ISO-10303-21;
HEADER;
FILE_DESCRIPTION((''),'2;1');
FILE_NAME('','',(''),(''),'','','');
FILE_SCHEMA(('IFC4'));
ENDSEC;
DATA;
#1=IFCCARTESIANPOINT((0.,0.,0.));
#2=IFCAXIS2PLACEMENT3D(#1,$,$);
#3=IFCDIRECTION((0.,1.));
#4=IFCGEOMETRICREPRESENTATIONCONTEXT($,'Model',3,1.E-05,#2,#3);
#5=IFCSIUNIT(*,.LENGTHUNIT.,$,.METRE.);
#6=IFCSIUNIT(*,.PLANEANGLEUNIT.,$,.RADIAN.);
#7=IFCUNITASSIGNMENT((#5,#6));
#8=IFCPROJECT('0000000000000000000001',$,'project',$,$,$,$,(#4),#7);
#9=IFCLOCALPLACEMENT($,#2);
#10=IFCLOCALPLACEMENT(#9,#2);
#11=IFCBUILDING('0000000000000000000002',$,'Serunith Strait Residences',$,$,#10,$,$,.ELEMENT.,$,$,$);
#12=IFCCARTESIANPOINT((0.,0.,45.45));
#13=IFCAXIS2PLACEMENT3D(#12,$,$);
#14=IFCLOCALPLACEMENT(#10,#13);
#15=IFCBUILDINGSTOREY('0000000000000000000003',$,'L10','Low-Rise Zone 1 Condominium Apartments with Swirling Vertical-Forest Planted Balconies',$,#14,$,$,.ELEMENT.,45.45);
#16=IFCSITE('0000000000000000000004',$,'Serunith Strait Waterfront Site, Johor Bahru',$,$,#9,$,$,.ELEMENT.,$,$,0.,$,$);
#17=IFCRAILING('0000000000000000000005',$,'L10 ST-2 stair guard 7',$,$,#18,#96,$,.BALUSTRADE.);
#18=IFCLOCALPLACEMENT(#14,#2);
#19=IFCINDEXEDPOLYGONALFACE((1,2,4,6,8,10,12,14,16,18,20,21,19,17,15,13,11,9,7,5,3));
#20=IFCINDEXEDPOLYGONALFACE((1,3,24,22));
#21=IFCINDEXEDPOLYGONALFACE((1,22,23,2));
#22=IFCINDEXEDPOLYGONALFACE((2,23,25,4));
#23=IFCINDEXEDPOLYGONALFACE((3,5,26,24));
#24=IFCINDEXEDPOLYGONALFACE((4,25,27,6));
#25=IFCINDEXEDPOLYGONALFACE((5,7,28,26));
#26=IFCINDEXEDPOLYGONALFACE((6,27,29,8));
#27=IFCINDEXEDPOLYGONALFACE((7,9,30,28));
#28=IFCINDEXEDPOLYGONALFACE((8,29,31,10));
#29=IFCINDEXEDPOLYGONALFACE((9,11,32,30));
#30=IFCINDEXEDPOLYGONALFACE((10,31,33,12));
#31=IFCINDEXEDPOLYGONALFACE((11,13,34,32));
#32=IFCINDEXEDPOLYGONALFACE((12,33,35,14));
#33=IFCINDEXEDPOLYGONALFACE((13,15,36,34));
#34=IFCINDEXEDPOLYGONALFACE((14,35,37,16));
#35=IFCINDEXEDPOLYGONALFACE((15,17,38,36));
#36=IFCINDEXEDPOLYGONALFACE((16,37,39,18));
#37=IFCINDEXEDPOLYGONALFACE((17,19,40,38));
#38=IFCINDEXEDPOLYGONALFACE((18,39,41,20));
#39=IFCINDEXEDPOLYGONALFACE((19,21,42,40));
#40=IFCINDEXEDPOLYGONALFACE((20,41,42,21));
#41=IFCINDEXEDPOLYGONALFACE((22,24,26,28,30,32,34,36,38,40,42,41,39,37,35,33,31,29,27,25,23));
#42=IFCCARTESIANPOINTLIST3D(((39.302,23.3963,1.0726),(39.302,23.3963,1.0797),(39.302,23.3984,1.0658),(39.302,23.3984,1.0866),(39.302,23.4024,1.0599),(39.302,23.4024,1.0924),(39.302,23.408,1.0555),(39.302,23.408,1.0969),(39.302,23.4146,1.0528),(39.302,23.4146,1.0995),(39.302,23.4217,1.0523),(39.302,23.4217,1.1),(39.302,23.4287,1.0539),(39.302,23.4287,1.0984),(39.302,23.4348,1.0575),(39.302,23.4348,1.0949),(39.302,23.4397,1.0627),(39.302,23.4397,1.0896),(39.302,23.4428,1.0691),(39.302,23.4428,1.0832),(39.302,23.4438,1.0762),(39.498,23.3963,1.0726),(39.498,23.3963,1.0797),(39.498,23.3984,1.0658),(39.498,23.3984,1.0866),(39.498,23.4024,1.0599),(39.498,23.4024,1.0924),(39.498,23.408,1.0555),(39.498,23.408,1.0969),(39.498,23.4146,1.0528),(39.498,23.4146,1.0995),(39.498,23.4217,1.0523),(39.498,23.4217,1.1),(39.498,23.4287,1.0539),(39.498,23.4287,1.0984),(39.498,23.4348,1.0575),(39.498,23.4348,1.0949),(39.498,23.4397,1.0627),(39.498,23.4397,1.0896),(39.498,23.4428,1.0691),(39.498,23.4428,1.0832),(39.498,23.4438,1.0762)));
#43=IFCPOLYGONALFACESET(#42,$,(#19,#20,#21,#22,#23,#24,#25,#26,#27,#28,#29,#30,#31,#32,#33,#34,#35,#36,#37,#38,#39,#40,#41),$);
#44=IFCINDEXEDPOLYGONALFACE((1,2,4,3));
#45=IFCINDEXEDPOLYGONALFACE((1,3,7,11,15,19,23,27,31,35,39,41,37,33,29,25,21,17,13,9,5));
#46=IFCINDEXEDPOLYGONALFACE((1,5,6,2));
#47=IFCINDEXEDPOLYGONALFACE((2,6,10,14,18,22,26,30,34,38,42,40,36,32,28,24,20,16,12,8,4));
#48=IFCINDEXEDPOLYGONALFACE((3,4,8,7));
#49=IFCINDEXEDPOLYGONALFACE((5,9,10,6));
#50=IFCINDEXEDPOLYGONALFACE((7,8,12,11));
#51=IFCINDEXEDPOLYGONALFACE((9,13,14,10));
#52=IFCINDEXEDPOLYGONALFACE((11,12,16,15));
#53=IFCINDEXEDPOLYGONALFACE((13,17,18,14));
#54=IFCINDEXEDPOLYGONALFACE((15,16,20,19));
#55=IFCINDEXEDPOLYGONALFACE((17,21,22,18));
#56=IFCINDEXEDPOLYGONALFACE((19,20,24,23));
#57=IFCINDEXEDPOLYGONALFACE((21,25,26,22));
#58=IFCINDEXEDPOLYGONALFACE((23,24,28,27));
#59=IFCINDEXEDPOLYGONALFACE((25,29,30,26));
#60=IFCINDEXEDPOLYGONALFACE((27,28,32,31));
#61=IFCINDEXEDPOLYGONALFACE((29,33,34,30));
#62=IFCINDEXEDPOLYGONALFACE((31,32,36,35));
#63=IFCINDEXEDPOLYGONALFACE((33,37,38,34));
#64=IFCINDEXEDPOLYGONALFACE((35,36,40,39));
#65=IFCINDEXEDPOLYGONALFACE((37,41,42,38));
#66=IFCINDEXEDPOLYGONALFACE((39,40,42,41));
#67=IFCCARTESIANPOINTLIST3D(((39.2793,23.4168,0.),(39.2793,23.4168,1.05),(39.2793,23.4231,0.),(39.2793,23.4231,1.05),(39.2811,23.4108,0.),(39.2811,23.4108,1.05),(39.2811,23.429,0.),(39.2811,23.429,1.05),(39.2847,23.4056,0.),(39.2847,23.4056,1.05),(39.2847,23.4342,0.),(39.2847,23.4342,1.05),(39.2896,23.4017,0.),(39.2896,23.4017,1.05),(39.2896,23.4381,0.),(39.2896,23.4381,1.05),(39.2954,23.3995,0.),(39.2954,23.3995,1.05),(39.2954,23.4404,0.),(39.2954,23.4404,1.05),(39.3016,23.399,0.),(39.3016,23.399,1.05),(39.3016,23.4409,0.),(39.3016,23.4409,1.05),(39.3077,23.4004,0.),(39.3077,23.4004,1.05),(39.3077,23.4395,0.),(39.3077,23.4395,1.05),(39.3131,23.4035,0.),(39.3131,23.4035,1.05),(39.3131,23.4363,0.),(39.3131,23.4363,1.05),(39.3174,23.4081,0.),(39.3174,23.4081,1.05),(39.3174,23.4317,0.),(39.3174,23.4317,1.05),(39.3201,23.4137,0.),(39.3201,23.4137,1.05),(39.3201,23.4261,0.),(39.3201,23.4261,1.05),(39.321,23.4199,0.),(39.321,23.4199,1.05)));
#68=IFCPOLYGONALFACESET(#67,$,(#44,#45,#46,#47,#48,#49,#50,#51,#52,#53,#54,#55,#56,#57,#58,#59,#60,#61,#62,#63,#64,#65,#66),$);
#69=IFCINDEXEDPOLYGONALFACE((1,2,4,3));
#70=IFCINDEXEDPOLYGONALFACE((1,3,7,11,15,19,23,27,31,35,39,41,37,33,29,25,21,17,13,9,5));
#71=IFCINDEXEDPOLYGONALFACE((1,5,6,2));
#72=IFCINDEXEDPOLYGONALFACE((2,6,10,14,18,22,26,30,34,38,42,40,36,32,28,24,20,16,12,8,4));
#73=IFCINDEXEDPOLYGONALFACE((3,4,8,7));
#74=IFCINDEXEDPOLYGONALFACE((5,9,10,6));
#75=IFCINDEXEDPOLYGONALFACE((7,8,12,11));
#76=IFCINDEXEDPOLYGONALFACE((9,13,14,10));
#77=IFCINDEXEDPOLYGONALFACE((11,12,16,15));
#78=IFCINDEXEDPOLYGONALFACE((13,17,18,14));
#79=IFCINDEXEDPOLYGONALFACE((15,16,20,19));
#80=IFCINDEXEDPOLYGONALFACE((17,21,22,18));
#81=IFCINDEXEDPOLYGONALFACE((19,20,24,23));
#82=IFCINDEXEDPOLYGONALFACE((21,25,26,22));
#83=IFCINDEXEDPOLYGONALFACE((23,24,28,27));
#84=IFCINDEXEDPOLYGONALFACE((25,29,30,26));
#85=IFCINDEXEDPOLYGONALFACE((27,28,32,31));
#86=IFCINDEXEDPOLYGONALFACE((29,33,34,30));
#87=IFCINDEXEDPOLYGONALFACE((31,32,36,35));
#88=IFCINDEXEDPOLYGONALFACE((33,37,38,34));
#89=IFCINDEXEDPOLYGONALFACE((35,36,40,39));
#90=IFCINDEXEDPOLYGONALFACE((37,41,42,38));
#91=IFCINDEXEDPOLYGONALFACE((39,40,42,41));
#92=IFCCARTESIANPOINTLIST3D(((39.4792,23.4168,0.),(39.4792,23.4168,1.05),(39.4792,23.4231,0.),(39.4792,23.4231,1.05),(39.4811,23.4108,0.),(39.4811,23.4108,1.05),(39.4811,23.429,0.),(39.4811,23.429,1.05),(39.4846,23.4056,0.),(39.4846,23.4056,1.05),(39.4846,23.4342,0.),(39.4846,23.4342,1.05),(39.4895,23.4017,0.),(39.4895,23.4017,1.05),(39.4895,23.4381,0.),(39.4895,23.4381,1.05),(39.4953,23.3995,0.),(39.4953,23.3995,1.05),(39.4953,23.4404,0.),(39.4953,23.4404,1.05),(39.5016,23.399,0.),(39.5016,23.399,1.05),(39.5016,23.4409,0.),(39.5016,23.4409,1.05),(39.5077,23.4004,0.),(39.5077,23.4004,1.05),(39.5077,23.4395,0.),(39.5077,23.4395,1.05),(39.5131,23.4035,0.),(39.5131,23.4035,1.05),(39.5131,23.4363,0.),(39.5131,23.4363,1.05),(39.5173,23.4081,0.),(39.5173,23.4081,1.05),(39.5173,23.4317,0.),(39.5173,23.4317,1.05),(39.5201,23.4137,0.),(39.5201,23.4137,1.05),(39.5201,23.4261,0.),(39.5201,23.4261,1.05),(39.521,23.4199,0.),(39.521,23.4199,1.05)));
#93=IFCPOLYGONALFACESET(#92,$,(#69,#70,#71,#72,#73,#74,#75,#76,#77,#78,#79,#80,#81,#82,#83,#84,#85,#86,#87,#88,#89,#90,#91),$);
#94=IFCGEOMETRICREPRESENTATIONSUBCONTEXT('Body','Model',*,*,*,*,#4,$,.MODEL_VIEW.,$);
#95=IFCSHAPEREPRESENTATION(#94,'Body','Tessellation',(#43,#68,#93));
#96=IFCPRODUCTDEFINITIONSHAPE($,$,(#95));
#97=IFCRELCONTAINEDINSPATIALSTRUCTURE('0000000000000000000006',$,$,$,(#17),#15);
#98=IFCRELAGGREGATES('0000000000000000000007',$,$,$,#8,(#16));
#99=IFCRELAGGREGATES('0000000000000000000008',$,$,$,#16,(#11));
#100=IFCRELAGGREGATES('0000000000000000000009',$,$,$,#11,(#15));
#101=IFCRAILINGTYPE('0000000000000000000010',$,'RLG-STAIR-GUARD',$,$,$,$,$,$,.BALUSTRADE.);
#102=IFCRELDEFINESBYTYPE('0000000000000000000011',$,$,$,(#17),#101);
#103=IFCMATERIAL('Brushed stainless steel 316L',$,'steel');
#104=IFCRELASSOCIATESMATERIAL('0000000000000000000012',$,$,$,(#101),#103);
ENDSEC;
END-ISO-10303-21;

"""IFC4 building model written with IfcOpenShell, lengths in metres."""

from ifc_helpers import new_model, si_unit, direction, frame, origin, origin_2d, place, context, subcontext, project, spatial, circle, extrude, material, type_object, element, save


model = new_model("IFC4")

# Units and contexts
model_context = context("Model", 3, precision=1e-05, world=origin(), true_north=direction((0.0, 1.0)))
body_context = subcontext(model_context, "Body", "Model", "MODEL_VIEW")
ifc_project = project(units=[si_unit("LENGTHUNIT", "METRE"), si_unit("PLANEANGLEUNIT", "RADIAN")], contexts=[model_context])

# Site, building, storey
site_placement = place(None, origin())
site = spatial("IfcSite", under=ifc_project, at=site_placement, Name="Serunith Strait Waterfront Site, Johor Bahru", CompositionType="ELEMENT", RefElevation=0.0)
building_placement = place(site_placement, origin())
building = spatial("IfcBuilding", under=site, at=building_placement, Name="Serunith Strait Residences", CompositionType="ELEMENT")
storey_placement = place(building_placement, frame((0.0, 0.0, 45.45)))
storey = spatial("IfcBuildingStorey", under=building, at=storey_placement, Name="L10", Description="Low-Rise Zone 1 Condominium Apartments with Swirling Vertical-Forest Planted Balconies", CompositionType="ELEMENT", Elevation=45.45)

# Railing
ifc_material_1 = material(Name="Brushed stainless steel 316L", Category="steel")
railing_type_1 = type_object("IfcRailingType", Name="RLG-STAIR-GUARD", PredefinedType="BALUSTRADE", material=ifc_material_1)
railing_1_placement = place(storey_placement, frame((39.3, 23.4199, 0.0)))
element("IfcRailing", 1, at=railing_1_placement, inside=storey, type_object=railing_type_1, Name="L10 ST-2 stair guard 7", PredefinedType="BALUSTRADE", context=body_context, shape_type="SweptSolid", body=[
    extrude(circle(Radius=0.0239, at=origin_2d()), frame((0.002, 0.0, 1.0762), z_axis=(1.0, 0.0, 0.0), x_axis=(0.0, 1.0, 0.0)), (0.0, 0.0, 1.0), 0.196),
    extrude(circle(Radius=0.021, at=origin_2d()), origin(), (0.0, 0.0, 1.0), 1.05),
    extrude(circle(Radius=0.021, at=origin_2d()), frame((0.2, 0.0, 0.0)), (0.0, 0.0, 1.0), 1.05),
])

save(model, "model.ifc")
